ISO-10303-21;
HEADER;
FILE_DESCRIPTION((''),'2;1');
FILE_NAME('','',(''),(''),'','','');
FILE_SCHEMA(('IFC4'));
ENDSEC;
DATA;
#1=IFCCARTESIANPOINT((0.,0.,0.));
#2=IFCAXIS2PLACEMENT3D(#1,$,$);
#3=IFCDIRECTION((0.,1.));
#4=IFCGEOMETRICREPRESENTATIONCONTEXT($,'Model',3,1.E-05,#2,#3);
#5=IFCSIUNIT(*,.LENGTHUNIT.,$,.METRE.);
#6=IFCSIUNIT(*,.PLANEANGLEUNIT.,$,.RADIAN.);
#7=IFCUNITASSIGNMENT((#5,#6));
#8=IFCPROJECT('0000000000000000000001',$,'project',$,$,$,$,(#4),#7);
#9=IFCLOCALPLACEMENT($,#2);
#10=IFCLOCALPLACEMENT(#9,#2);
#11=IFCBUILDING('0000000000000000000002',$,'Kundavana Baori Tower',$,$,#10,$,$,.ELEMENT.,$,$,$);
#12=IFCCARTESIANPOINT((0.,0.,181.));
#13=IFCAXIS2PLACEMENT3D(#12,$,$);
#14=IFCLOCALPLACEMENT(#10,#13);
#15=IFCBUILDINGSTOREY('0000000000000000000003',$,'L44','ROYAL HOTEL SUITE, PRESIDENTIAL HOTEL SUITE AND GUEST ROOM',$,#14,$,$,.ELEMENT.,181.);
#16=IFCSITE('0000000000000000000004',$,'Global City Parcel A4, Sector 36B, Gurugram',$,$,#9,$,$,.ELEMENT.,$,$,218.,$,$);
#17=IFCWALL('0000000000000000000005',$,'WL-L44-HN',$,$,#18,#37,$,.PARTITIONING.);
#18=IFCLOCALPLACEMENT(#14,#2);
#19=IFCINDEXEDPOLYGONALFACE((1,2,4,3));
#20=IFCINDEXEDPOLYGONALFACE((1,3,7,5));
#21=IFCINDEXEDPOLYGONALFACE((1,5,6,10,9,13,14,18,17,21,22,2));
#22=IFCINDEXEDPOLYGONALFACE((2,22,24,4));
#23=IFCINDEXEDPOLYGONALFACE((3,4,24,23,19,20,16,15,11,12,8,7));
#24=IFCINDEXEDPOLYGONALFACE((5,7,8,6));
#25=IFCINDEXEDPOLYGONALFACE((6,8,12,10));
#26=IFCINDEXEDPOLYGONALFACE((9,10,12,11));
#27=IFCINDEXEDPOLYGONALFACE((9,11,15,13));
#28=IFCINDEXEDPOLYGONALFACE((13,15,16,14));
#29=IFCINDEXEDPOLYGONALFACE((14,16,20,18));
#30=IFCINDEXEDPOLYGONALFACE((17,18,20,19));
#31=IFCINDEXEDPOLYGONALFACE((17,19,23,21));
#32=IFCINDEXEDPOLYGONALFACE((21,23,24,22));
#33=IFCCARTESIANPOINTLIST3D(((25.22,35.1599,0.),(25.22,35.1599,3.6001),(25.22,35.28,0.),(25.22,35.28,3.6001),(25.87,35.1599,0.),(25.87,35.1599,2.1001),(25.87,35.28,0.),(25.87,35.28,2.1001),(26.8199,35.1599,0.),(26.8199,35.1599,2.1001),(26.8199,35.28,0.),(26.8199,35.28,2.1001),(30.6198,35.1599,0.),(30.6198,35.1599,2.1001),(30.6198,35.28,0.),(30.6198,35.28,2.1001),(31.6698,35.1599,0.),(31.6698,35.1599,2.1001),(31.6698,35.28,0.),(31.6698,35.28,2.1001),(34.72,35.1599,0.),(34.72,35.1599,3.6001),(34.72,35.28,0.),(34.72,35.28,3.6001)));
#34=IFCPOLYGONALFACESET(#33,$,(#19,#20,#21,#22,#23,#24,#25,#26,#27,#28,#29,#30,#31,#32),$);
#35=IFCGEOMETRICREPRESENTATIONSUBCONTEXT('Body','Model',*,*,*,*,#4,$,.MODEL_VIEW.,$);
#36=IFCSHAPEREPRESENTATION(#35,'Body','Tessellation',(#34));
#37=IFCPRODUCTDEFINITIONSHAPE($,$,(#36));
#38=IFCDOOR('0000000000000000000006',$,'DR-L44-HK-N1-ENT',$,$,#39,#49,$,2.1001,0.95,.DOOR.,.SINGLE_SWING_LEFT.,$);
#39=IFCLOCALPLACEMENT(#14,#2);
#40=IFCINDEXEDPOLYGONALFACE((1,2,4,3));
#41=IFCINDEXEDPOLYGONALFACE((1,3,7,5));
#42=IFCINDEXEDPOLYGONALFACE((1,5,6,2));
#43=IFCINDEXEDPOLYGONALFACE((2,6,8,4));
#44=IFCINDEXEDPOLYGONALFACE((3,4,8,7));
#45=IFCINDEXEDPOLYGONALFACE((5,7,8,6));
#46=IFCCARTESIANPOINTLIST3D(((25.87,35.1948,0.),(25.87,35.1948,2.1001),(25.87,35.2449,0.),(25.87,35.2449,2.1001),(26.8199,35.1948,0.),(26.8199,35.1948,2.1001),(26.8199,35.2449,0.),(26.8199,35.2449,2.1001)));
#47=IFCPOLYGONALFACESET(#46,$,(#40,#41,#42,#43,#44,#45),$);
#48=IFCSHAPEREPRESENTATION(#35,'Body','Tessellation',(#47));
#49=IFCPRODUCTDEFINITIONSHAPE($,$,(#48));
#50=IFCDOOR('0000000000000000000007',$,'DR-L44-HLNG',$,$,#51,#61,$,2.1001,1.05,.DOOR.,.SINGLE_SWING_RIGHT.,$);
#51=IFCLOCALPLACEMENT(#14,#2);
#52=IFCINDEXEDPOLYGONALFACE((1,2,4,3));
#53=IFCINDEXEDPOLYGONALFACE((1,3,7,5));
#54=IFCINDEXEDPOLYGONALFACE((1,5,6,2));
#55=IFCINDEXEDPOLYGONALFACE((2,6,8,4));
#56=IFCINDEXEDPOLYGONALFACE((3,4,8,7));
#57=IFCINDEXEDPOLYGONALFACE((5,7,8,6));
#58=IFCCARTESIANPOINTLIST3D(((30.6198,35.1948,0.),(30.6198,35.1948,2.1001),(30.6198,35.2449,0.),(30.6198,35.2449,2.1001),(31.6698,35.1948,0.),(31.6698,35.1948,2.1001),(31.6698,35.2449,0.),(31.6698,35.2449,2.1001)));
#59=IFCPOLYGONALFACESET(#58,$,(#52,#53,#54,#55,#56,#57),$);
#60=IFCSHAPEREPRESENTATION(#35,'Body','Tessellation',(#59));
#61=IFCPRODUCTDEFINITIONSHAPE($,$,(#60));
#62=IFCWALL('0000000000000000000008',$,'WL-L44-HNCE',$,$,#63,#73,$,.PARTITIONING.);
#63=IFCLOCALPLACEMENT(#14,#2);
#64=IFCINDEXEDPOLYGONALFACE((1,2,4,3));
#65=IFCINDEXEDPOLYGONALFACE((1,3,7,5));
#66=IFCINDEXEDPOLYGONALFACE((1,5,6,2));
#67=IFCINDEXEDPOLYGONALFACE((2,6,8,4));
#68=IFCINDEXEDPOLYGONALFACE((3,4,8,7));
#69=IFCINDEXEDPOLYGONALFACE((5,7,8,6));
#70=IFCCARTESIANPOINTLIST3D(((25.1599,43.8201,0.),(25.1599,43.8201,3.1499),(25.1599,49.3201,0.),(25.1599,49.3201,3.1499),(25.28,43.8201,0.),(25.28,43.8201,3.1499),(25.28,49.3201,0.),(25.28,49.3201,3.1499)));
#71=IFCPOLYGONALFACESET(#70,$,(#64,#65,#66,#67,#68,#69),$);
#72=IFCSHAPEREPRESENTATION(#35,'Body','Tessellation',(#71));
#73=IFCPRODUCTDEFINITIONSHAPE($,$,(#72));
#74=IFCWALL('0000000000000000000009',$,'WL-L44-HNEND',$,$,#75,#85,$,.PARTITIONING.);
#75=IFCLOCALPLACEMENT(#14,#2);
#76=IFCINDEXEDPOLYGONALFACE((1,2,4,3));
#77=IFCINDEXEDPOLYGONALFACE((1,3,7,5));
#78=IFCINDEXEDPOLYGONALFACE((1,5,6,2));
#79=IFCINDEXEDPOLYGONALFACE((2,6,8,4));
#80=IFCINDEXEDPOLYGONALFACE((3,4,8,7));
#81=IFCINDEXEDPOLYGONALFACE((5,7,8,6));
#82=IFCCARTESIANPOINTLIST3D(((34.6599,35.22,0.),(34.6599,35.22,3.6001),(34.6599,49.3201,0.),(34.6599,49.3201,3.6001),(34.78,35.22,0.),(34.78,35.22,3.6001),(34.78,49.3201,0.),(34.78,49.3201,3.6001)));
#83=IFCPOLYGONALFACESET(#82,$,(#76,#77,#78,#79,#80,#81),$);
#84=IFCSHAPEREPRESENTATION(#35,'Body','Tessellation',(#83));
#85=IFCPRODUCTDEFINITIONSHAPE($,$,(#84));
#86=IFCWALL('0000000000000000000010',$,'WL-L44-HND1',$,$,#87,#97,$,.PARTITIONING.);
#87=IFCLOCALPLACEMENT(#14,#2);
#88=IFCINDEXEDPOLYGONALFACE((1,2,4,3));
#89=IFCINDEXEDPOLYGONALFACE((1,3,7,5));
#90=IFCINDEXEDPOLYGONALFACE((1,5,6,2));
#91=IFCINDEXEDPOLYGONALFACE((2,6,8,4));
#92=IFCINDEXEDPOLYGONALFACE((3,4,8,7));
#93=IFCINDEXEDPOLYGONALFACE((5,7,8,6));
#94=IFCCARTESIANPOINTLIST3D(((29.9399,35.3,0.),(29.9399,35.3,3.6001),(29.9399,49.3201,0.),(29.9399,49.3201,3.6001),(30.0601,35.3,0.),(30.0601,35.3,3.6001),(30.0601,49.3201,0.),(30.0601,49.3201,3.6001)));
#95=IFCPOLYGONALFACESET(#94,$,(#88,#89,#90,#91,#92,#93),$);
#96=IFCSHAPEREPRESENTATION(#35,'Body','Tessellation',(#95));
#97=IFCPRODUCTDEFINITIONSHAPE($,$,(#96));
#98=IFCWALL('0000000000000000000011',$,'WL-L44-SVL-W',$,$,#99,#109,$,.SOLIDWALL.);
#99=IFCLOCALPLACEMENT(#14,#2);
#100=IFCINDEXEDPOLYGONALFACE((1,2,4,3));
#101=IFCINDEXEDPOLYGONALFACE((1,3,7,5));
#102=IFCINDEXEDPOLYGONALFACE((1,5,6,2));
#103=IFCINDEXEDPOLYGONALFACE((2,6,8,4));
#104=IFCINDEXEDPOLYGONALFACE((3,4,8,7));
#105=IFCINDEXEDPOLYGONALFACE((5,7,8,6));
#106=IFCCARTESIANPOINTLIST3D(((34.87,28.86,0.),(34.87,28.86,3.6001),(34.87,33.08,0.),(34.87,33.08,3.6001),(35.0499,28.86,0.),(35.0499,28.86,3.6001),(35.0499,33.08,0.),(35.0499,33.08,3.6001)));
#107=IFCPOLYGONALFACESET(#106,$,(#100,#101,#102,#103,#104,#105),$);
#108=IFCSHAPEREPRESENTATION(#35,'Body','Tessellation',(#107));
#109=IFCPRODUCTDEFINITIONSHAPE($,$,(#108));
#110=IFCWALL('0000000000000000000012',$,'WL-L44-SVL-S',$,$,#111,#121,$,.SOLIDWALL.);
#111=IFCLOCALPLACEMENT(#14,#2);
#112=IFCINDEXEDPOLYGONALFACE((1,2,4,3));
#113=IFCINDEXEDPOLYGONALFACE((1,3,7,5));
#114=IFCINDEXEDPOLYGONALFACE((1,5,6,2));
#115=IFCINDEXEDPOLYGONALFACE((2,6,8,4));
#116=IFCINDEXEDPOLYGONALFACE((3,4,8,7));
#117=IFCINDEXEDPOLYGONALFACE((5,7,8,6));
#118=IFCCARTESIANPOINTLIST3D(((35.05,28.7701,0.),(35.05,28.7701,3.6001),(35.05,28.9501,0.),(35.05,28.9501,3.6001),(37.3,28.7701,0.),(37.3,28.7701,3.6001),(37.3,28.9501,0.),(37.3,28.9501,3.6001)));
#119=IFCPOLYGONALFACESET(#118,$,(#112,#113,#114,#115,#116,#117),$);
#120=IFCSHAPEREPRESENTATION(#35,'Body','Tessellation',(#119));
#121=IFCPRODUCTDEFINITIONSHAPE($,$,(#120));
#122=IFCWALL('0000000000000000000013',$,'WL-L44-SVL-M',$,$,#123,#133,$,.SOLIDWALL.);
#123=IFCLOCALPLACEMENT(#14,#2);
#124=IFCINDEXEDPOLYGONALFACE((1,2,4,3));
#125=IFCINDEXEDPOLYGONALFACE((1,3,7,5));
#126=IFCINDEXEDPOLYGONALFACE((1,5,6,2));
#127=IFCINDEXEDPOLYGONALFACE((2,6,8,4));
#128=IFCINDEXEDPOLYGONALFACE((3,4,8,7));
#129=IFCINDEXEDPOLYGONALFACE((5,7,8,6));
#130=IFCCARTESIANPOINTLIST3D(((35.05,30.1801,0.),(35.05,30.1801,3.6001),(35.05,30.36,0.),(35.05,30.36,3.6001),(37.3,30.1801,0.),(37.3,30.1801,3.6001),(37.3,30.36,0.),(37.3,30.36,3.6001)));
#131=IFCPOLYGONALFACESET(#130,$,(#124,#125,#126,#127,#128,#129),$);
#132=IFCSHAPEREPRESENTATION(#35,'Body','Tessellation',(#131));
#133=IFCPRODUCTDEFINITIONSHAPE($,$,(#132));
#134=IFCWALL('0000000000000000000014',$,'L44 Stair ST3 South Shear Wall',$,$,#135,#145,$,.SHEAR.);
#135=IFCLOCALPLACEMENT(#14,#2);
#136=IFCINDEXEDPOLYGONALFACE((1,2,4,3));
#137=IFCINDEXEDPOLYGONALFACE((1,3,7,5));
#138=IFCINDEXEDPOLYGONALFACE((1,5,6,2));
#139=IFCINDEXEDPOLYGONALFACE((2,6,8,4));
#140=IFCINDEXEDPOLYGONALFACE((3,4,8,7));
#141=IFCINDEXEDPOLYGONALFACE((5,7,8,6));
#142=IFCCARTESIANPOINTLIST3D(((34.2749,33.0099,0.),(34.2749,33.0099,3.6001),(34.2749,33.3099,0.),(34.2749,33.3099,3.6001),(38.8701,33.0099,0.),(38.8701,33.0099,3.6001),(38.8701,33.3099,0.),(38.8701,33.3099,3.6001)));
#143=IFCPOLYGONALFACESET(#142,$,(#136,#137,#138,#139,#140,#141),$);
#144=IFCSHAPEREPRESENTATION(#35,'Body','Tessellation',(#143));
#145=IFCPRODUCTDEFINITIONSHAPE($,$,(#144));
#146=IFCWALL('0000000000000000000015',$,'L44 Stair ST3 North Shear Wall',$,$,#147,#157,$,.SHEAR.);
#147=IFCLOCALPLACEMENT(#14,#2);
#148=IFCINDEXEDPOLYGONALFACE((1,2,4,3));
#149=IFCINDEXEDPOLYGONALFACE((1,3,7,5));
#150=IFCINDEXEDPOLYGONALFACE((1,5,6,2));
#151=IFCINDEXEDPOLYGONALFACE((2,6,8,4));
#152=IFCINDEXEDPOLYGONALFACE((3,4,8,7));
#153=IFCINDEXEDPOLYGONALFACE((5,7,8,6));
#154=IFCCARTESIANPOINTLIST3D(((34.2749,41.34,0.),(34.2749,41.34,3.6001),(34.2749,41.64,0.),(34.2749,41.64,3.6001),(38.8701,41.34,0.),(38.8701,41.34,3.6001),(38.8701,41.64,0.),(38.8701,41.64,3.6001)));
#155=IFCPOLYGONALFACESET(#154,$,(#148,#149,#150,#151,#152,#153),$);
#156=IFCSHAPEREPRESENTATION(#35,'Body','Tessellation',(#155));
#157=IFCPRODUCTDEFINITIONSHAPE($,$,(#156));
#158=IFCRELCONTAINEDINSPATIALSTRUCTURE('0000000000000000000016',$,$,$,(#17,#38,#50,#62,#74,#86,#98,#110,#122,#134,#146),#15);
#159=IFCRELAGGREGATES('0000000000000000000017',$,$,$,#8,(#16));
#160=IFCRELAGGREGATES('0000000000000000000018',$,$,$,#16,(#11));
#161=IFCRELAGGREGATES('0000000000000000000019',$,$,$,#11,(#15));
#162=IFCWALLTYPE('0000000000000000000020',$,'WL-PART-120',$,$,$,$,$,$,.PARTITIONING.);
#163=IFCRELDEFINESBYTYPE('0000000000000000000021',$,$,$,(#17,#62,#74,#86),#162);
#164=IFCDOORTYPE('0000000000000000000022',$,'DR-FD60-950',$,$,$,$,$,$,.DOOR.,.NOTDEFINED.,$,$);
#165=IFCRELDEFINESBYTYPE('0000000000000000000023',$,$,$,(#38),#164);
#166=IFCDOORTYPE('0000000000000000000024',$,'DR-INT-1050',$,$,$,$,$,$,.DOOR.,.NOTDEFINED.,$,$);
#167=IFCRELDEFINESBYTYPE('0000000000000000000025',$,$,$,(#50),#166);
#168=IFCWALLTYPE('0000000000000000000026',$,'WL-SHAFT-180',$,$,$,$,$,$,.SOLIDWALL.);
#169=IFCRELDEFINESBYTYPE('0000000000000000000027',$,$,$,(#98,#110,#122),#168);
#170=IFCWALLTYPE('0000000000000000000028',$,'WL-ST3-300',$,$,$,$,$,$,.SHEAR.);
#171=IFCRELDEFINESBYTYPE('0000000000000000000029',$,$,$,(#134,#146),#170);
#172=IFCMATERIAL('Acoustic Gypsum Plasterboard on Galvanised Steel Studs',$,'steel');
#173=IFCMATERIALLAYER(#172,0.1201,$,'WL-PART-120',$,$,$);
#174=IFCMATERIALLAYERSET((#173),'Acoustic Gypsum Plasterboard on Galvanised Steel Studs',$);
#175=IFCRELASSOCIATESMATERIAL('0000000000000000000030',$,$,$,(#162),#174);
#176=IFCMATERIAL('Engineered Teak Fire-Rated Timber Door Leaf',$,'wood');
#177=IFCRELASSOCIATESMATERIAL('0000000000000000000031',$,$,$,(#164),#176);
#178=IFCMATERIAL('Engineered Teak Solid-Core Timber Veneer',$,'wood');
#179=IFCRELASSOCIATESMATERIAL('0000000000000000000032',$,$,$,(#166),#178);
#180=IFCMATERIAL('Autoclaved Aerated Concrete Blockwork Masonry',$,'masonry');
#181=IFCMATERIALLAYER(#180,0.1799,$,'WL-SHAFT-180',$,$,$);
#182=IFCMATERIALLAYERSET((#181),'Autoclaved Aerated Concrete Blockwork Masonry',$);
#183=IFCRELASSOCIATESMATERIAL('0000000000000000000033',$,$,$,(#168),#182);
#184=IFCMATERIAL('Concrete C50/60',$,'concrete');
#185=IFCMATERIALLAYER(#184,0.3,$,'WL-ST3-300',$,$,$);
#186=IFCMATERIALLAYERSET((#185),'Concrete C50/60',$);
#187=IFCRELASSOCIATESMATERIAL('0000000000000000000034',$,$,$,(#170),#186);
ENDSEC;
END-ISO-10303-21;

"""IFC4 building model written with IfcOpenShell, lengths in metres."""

from ifc_helpers import new_model, si_unit, direction, frame, frame_2d, origin, place, context, subcontext, project, spatial, rectangle, extrude, material, layer, layer_set, type_object, element, fill, save


model = new_model("IFC4")

# Units and contexts
model_context = context("Model", 3, precision=1e-05, world=origin(), true_north=direction((0.0, 1.0)))
body_context = subcontext(model_context, "Body", "Model", "MODEL_VIEW")
ifc_project = project(units=[si_unit("LENGTHUNIT", "METRE"), si_unit("PLANEANGLEUNIT", "RADIAN")], contexts=[model_context])

# Site, building, storey
site_placement = place(None, origin())
site = spatial("IfcSite", under=ifc_project, at=site_placement, Name="Global City Parcel A4, Sector 36B, Gurugram", CompositionType="ELEMENT", RefElevation=218.0)
building_placement = place(site_placement, origin())
building = spatial("IfcBuilding", under=site, at=building_placement, Name="Kundavana Baori Tower", CompositionType="ELEMENT")
storey_placement = place(building_placement, frame((0.0, 0.0, 181.0)))
storey = spatial("IfcBuildingStorey", under=building, at=storey_placement, Name="L44", Description="ROYAL HOTEL SUITE, PRESIDENTIAL HOTEL SUITE AND GUEST ROOM", CompositionType="ELEMENT", Elevation=181.0)

# Wall, openings, doors
ifc_material_1 = material(Name="Acoustic Gypsum Plasterboard on Galvanised Steel Studs", Category="steel")
ifc_layer_1 = layer(ifc_material_1, 0.1201, Name="WL-PART-120")
ifc_layer_set_1 = layer_set([ifc_layer_1], Name="Acoustic Gypsum Plasterboard on Galvanised Steel Studs")
wall_type_1 = type_object("IfcWallType", Name="WL-PART-120", PredefinedType="PARTITIONING", material=ifc_layer_set_1)
wall_1_placement = place(storey_placement, frame((25.22, 35.22, 0.0), z_axis=(0.0, 0.0, 1.0), x_axis=(1.0, 0.0, 0.0)))
wall_1 = element("IfcWall", 1, at=wall_1_placement, inside=storey, type_object=wall_type_1, Name="WL-L44-HN", PredefinedType="PARTITIONING", context=body_context, shape_type="SweptSolid", body=[
    extrude(rectangle(XDim=9.5, YDim=0.1201, at=frame_2d((4.75, 0.0))), origin(), (0.0, 0.0, 1.0), 3.6001),
])
opening_1_placement = place(wall_1_placement, frame((0.6499, 0.0, 0.0)))
opening_1 = element("IfcOpeningElement", 2, at=opening_1_placement, cuts=wall_1, PredefinedType="OPENING", context=body_context, shape_type="SweptSolid", body=[
    extrude(rectangle(XDim=0.95, YDim=2.1001, at=frame_2d((0.4751, 1.05))), frame((0.0, 0.0701, 0.0), z_axis=(0.0, -1.0, 0.0), x_axis=(1.0, 0.0, 0.0)), (0.0, 0.0, 1.0), 0.1401),
])
opening_2_placement = place(wall_1_placement, frame((5.3999, 0.0, 0.0)))
opening_2 = element("IfcOpeningElement", 3, at=opening_2_placement, cuts=wall_1, PredefinedType="OPENING", context=body_context, shape_type="SweptSolid", body=[
    extrude(rectangle(XDim=1.05, YDim=2.1001, at=frame_2d((0.5249, 1.05))), frame((0.0, 0.0701, 0.0), z_axis=(0.0, -1.0, 0.0), x_axis=(1.0, 0.0, 0.0)), (0.0, 0.0, 1.0), 0.1401),
])
ifc_material_2 = material(Name="Engineered Teak Fire-Rated Timber Door Leaf", Category="wood")
door_type_1 = type_object("IfcDoorType", Name="DR-FD60-950", OperationType="NOTDEFINED", PredefinedType="DOOR", material=ifc_material_2)
door_1_placement = place(opening_1_placement, origin())
door_1 = element("IfcDoor", 4, at=door_1_placement, inside=storey, type_object=door_type_1, Name="DR-L44-HK-N1-ENT", OperationType="SINGLE_SWING_LEFT", OverallHeight=2.1001, OverallWidth=0.95, PredefinedType="DOOR", context=body_context, shape_type="SweptSolid", body=[
    extrude(rectangle(XDim=0.95, YDim=2.1001, at=frame_2d((0.4751, 1.05))), frame((0.0, 0.0249, 0.0), z_axis=(0.0, -1.0, 0.0), x_axis=(1.0, 0.0, 0.0)), (0.0, 0.0, 1.0), 0.05),
])
fill(opening_1, door_1)
ifc_material_3 = material(Name="Engineered Teak Solid-Core Timber Veneer", Category="wood")
door_type_2 = type_object("IfcDoorType", Name="DR-INT-1050", OperationType="NOTDEFINED", PredefinedType="DOOR", material=ifc_material_3)
door_2_placement = place(opening_2_placement, origin())
door_2 = element("IfcDoor", 5, at=door_2_placement, inside=storey, type_object=door_type_2, Name="DR-L44-HLNG", OperationType="SINGLE_SWING_RIGHT", OverallHeight=2.1001, OverallWidth=1.05, PredefinedType="DOOR", context=body_context, shape_type="SweptSolid", body=[
    extrude(rectangle(XDim=1.05, YDim=2.1001, at=frame_2d((0.5249, 1.05))), frame((0.0, 0.0249, 0.0), z_axis=(0.0, -1.0, 0.0), x_axis=(1.0, 0.0, 0.0)), (0.0, 0.0, 1.0), 0.05),
])
fill(opening_2, door_2)

# Walls
wall_2_placement = place(storey_placement, frame((25.22, 43.8201, 0.0), z_axis=(0.0, 0.0, 1.0), x_axis=(0.0, 1.0, 0.0)))
element("IfcWall", 6, at=wall_2_placement, inside=storey, type_object=wall_type_1, Name="WL-L44-HNCE", PredefinedType="PARTITIONING", context=body_context, shape_type="SweptSolid", body=[
    extrude(rectangle(XDim=5.5, YDim=0.1201, at=frame_2d((2.75, 0.0))), origin(), (0.0, 0.0, 1.0), 3.1499),
])
wall_3_placement = place(storey_placement, frame((34.72, 35.22, 0.0), z_axis=(0.0, 0.0, 1.0), x_axis=(0.0, 1.0, 0.0)))
element("IfcWall", 7, at=wall_3_placement, inside=storey, type_object=wall_type_1, Name="WL-L44-HNEND", PredefinedType="PARTITIONING", context=body_context, shape_type="SweptSolid", body=[
    extrude(rectangle(XDim=14.1001, YDim=0.1201, at=frame_2d((7.05, 0.0))), origin(), (0.0, 0.0, 1.0), 3.6001),
])
wall_4_placement = place(storey_placement, frame((30.0, 35.3, 0.0), z_axis=(0.0, 0.0, 1.0), x_axis=(0.0, 1.0, 0.0)))
element("IfcWall", 8, at=wall_4_placement, inside=storey, type_object=wall_type_1, Name="WL-L44-HND1", PredefinedType="PARTITIONING", context=body_context, shape_type="SweptSolid", body=[
    extrude(rectangle(XDim=14.02, YDim=0.1201, at=frame_2d((7.01, 0.0))), origin(), (0.0, 0.0, 1.0), 3.6001),
])
ifc_material_4 = material(Name="Autoclaved Aerated Concrete Blockwork Masonry", Category="masonry")
ifc_layer_2 = layer(ifc_material_4, 0.1799, Name="WL-SHAFT-180")
ifc_layer_set_2 = layer_set([ifc_layer_2], Name="Autoclaved Aerated Concrete Blockwork Masonry")
wall_type_2 = type_object("IfcWallType", Name="WL-SHAFT-180", PredefinedType="SOLIDWALL", material=ifc_layer_set_2)
wall_5_placement = place(storey_placement, frame((34.96, 28.8601, 0.0), z_axis=(0.0, 0.0, 1.0), x_axis=(0.0, 1.0, 0.0)))
element("IfcWall", 9, at=wall_5_placement, inside=storey, type_object=wall_type_2, Name="WL-L44-SVL-W", PredefinedType="SOLIDWALL", context=body_context, shape_type="SweptSolid", body=[
    extrude(rectangle(XDim=4.22, YDim=0.1799, at=frame_2d((2.1099, 0.0))), origin(), (0.0, 0.0, 1.0), 3.6001),
])
for number, where, z_axis, x_axis, name in (
    (10, (35.05, 28.8601, 0.0), (0.0, 0.0, 1.0), (1.0, 0.0, 0.0), "WL-L44-SVL-S"),
    (11, (35.05, 30.27, 0.0), (0.0, 0.0, 1.0), (1.0, 0.0, 0.0), "WL-L44-SVL-M"),
):
    element("IfcWall", number, at=place(storey_placement, frame(where, z_axis=z_axis, x_axis=x_axis)), inside=storey, type_object=wall_type_2, Name=name, PredefinedType="SOLIDWALL", context=body_context, shape_type="SweptSolid", body=[
        extrude(rectangle(XDim=2.25, YDim=0.1799, at=frame_2d((1.125, 0.0))), origin(), (0.0, 0.0, 1.0), 3.6001),
    ])
ifc_material_5 = material(Name="Concrete C50/60", Category="concrete")
ifc_layer_3 = layer(ifc_material_5, 0.3, Name="WL-ST3-300")
ifc_layer_set_3 = layer_set([ifc_layer_3], Name="Concrete C50/60")
wall_type_3 = type_object("IfcWallType", Name="WL-ST3-300", PredefinedType="SHEAR", material=ifc_layer_set_3)
for number, where, z_axis, x_axis, name in (
    (12, (34.2749, 33.1599, 0.0), (0.0, 0.0, 1.0), (1.0, 0.0, 0.0), "L44 Stair ST3 South Shear Wall"),
    (13, (34.2749, 41.49, 0.0), (0.0, 0.0, 1.0), (1.0, 0.0, 0.0), "L44 Stair ST3 North Shear Wall"),
):
    element("IfcWall", number, at=place(storey_placement, frame(where, z_axis=z_axis, x_axis=x_axis)), inside=storey, type_object=wall_type_3, Name=name, PredefinedType="SHEAR", context=body_context, shape_type="SweptSolid", body=[
        extrude(rectangle(XDim=4.5952, YDim=0.3, at=frame_2d((2.2976, 0.0))), origin(), (0.0, 0.0, 1.0), 3.6001),
    ])

save(model, "model.ifc")
